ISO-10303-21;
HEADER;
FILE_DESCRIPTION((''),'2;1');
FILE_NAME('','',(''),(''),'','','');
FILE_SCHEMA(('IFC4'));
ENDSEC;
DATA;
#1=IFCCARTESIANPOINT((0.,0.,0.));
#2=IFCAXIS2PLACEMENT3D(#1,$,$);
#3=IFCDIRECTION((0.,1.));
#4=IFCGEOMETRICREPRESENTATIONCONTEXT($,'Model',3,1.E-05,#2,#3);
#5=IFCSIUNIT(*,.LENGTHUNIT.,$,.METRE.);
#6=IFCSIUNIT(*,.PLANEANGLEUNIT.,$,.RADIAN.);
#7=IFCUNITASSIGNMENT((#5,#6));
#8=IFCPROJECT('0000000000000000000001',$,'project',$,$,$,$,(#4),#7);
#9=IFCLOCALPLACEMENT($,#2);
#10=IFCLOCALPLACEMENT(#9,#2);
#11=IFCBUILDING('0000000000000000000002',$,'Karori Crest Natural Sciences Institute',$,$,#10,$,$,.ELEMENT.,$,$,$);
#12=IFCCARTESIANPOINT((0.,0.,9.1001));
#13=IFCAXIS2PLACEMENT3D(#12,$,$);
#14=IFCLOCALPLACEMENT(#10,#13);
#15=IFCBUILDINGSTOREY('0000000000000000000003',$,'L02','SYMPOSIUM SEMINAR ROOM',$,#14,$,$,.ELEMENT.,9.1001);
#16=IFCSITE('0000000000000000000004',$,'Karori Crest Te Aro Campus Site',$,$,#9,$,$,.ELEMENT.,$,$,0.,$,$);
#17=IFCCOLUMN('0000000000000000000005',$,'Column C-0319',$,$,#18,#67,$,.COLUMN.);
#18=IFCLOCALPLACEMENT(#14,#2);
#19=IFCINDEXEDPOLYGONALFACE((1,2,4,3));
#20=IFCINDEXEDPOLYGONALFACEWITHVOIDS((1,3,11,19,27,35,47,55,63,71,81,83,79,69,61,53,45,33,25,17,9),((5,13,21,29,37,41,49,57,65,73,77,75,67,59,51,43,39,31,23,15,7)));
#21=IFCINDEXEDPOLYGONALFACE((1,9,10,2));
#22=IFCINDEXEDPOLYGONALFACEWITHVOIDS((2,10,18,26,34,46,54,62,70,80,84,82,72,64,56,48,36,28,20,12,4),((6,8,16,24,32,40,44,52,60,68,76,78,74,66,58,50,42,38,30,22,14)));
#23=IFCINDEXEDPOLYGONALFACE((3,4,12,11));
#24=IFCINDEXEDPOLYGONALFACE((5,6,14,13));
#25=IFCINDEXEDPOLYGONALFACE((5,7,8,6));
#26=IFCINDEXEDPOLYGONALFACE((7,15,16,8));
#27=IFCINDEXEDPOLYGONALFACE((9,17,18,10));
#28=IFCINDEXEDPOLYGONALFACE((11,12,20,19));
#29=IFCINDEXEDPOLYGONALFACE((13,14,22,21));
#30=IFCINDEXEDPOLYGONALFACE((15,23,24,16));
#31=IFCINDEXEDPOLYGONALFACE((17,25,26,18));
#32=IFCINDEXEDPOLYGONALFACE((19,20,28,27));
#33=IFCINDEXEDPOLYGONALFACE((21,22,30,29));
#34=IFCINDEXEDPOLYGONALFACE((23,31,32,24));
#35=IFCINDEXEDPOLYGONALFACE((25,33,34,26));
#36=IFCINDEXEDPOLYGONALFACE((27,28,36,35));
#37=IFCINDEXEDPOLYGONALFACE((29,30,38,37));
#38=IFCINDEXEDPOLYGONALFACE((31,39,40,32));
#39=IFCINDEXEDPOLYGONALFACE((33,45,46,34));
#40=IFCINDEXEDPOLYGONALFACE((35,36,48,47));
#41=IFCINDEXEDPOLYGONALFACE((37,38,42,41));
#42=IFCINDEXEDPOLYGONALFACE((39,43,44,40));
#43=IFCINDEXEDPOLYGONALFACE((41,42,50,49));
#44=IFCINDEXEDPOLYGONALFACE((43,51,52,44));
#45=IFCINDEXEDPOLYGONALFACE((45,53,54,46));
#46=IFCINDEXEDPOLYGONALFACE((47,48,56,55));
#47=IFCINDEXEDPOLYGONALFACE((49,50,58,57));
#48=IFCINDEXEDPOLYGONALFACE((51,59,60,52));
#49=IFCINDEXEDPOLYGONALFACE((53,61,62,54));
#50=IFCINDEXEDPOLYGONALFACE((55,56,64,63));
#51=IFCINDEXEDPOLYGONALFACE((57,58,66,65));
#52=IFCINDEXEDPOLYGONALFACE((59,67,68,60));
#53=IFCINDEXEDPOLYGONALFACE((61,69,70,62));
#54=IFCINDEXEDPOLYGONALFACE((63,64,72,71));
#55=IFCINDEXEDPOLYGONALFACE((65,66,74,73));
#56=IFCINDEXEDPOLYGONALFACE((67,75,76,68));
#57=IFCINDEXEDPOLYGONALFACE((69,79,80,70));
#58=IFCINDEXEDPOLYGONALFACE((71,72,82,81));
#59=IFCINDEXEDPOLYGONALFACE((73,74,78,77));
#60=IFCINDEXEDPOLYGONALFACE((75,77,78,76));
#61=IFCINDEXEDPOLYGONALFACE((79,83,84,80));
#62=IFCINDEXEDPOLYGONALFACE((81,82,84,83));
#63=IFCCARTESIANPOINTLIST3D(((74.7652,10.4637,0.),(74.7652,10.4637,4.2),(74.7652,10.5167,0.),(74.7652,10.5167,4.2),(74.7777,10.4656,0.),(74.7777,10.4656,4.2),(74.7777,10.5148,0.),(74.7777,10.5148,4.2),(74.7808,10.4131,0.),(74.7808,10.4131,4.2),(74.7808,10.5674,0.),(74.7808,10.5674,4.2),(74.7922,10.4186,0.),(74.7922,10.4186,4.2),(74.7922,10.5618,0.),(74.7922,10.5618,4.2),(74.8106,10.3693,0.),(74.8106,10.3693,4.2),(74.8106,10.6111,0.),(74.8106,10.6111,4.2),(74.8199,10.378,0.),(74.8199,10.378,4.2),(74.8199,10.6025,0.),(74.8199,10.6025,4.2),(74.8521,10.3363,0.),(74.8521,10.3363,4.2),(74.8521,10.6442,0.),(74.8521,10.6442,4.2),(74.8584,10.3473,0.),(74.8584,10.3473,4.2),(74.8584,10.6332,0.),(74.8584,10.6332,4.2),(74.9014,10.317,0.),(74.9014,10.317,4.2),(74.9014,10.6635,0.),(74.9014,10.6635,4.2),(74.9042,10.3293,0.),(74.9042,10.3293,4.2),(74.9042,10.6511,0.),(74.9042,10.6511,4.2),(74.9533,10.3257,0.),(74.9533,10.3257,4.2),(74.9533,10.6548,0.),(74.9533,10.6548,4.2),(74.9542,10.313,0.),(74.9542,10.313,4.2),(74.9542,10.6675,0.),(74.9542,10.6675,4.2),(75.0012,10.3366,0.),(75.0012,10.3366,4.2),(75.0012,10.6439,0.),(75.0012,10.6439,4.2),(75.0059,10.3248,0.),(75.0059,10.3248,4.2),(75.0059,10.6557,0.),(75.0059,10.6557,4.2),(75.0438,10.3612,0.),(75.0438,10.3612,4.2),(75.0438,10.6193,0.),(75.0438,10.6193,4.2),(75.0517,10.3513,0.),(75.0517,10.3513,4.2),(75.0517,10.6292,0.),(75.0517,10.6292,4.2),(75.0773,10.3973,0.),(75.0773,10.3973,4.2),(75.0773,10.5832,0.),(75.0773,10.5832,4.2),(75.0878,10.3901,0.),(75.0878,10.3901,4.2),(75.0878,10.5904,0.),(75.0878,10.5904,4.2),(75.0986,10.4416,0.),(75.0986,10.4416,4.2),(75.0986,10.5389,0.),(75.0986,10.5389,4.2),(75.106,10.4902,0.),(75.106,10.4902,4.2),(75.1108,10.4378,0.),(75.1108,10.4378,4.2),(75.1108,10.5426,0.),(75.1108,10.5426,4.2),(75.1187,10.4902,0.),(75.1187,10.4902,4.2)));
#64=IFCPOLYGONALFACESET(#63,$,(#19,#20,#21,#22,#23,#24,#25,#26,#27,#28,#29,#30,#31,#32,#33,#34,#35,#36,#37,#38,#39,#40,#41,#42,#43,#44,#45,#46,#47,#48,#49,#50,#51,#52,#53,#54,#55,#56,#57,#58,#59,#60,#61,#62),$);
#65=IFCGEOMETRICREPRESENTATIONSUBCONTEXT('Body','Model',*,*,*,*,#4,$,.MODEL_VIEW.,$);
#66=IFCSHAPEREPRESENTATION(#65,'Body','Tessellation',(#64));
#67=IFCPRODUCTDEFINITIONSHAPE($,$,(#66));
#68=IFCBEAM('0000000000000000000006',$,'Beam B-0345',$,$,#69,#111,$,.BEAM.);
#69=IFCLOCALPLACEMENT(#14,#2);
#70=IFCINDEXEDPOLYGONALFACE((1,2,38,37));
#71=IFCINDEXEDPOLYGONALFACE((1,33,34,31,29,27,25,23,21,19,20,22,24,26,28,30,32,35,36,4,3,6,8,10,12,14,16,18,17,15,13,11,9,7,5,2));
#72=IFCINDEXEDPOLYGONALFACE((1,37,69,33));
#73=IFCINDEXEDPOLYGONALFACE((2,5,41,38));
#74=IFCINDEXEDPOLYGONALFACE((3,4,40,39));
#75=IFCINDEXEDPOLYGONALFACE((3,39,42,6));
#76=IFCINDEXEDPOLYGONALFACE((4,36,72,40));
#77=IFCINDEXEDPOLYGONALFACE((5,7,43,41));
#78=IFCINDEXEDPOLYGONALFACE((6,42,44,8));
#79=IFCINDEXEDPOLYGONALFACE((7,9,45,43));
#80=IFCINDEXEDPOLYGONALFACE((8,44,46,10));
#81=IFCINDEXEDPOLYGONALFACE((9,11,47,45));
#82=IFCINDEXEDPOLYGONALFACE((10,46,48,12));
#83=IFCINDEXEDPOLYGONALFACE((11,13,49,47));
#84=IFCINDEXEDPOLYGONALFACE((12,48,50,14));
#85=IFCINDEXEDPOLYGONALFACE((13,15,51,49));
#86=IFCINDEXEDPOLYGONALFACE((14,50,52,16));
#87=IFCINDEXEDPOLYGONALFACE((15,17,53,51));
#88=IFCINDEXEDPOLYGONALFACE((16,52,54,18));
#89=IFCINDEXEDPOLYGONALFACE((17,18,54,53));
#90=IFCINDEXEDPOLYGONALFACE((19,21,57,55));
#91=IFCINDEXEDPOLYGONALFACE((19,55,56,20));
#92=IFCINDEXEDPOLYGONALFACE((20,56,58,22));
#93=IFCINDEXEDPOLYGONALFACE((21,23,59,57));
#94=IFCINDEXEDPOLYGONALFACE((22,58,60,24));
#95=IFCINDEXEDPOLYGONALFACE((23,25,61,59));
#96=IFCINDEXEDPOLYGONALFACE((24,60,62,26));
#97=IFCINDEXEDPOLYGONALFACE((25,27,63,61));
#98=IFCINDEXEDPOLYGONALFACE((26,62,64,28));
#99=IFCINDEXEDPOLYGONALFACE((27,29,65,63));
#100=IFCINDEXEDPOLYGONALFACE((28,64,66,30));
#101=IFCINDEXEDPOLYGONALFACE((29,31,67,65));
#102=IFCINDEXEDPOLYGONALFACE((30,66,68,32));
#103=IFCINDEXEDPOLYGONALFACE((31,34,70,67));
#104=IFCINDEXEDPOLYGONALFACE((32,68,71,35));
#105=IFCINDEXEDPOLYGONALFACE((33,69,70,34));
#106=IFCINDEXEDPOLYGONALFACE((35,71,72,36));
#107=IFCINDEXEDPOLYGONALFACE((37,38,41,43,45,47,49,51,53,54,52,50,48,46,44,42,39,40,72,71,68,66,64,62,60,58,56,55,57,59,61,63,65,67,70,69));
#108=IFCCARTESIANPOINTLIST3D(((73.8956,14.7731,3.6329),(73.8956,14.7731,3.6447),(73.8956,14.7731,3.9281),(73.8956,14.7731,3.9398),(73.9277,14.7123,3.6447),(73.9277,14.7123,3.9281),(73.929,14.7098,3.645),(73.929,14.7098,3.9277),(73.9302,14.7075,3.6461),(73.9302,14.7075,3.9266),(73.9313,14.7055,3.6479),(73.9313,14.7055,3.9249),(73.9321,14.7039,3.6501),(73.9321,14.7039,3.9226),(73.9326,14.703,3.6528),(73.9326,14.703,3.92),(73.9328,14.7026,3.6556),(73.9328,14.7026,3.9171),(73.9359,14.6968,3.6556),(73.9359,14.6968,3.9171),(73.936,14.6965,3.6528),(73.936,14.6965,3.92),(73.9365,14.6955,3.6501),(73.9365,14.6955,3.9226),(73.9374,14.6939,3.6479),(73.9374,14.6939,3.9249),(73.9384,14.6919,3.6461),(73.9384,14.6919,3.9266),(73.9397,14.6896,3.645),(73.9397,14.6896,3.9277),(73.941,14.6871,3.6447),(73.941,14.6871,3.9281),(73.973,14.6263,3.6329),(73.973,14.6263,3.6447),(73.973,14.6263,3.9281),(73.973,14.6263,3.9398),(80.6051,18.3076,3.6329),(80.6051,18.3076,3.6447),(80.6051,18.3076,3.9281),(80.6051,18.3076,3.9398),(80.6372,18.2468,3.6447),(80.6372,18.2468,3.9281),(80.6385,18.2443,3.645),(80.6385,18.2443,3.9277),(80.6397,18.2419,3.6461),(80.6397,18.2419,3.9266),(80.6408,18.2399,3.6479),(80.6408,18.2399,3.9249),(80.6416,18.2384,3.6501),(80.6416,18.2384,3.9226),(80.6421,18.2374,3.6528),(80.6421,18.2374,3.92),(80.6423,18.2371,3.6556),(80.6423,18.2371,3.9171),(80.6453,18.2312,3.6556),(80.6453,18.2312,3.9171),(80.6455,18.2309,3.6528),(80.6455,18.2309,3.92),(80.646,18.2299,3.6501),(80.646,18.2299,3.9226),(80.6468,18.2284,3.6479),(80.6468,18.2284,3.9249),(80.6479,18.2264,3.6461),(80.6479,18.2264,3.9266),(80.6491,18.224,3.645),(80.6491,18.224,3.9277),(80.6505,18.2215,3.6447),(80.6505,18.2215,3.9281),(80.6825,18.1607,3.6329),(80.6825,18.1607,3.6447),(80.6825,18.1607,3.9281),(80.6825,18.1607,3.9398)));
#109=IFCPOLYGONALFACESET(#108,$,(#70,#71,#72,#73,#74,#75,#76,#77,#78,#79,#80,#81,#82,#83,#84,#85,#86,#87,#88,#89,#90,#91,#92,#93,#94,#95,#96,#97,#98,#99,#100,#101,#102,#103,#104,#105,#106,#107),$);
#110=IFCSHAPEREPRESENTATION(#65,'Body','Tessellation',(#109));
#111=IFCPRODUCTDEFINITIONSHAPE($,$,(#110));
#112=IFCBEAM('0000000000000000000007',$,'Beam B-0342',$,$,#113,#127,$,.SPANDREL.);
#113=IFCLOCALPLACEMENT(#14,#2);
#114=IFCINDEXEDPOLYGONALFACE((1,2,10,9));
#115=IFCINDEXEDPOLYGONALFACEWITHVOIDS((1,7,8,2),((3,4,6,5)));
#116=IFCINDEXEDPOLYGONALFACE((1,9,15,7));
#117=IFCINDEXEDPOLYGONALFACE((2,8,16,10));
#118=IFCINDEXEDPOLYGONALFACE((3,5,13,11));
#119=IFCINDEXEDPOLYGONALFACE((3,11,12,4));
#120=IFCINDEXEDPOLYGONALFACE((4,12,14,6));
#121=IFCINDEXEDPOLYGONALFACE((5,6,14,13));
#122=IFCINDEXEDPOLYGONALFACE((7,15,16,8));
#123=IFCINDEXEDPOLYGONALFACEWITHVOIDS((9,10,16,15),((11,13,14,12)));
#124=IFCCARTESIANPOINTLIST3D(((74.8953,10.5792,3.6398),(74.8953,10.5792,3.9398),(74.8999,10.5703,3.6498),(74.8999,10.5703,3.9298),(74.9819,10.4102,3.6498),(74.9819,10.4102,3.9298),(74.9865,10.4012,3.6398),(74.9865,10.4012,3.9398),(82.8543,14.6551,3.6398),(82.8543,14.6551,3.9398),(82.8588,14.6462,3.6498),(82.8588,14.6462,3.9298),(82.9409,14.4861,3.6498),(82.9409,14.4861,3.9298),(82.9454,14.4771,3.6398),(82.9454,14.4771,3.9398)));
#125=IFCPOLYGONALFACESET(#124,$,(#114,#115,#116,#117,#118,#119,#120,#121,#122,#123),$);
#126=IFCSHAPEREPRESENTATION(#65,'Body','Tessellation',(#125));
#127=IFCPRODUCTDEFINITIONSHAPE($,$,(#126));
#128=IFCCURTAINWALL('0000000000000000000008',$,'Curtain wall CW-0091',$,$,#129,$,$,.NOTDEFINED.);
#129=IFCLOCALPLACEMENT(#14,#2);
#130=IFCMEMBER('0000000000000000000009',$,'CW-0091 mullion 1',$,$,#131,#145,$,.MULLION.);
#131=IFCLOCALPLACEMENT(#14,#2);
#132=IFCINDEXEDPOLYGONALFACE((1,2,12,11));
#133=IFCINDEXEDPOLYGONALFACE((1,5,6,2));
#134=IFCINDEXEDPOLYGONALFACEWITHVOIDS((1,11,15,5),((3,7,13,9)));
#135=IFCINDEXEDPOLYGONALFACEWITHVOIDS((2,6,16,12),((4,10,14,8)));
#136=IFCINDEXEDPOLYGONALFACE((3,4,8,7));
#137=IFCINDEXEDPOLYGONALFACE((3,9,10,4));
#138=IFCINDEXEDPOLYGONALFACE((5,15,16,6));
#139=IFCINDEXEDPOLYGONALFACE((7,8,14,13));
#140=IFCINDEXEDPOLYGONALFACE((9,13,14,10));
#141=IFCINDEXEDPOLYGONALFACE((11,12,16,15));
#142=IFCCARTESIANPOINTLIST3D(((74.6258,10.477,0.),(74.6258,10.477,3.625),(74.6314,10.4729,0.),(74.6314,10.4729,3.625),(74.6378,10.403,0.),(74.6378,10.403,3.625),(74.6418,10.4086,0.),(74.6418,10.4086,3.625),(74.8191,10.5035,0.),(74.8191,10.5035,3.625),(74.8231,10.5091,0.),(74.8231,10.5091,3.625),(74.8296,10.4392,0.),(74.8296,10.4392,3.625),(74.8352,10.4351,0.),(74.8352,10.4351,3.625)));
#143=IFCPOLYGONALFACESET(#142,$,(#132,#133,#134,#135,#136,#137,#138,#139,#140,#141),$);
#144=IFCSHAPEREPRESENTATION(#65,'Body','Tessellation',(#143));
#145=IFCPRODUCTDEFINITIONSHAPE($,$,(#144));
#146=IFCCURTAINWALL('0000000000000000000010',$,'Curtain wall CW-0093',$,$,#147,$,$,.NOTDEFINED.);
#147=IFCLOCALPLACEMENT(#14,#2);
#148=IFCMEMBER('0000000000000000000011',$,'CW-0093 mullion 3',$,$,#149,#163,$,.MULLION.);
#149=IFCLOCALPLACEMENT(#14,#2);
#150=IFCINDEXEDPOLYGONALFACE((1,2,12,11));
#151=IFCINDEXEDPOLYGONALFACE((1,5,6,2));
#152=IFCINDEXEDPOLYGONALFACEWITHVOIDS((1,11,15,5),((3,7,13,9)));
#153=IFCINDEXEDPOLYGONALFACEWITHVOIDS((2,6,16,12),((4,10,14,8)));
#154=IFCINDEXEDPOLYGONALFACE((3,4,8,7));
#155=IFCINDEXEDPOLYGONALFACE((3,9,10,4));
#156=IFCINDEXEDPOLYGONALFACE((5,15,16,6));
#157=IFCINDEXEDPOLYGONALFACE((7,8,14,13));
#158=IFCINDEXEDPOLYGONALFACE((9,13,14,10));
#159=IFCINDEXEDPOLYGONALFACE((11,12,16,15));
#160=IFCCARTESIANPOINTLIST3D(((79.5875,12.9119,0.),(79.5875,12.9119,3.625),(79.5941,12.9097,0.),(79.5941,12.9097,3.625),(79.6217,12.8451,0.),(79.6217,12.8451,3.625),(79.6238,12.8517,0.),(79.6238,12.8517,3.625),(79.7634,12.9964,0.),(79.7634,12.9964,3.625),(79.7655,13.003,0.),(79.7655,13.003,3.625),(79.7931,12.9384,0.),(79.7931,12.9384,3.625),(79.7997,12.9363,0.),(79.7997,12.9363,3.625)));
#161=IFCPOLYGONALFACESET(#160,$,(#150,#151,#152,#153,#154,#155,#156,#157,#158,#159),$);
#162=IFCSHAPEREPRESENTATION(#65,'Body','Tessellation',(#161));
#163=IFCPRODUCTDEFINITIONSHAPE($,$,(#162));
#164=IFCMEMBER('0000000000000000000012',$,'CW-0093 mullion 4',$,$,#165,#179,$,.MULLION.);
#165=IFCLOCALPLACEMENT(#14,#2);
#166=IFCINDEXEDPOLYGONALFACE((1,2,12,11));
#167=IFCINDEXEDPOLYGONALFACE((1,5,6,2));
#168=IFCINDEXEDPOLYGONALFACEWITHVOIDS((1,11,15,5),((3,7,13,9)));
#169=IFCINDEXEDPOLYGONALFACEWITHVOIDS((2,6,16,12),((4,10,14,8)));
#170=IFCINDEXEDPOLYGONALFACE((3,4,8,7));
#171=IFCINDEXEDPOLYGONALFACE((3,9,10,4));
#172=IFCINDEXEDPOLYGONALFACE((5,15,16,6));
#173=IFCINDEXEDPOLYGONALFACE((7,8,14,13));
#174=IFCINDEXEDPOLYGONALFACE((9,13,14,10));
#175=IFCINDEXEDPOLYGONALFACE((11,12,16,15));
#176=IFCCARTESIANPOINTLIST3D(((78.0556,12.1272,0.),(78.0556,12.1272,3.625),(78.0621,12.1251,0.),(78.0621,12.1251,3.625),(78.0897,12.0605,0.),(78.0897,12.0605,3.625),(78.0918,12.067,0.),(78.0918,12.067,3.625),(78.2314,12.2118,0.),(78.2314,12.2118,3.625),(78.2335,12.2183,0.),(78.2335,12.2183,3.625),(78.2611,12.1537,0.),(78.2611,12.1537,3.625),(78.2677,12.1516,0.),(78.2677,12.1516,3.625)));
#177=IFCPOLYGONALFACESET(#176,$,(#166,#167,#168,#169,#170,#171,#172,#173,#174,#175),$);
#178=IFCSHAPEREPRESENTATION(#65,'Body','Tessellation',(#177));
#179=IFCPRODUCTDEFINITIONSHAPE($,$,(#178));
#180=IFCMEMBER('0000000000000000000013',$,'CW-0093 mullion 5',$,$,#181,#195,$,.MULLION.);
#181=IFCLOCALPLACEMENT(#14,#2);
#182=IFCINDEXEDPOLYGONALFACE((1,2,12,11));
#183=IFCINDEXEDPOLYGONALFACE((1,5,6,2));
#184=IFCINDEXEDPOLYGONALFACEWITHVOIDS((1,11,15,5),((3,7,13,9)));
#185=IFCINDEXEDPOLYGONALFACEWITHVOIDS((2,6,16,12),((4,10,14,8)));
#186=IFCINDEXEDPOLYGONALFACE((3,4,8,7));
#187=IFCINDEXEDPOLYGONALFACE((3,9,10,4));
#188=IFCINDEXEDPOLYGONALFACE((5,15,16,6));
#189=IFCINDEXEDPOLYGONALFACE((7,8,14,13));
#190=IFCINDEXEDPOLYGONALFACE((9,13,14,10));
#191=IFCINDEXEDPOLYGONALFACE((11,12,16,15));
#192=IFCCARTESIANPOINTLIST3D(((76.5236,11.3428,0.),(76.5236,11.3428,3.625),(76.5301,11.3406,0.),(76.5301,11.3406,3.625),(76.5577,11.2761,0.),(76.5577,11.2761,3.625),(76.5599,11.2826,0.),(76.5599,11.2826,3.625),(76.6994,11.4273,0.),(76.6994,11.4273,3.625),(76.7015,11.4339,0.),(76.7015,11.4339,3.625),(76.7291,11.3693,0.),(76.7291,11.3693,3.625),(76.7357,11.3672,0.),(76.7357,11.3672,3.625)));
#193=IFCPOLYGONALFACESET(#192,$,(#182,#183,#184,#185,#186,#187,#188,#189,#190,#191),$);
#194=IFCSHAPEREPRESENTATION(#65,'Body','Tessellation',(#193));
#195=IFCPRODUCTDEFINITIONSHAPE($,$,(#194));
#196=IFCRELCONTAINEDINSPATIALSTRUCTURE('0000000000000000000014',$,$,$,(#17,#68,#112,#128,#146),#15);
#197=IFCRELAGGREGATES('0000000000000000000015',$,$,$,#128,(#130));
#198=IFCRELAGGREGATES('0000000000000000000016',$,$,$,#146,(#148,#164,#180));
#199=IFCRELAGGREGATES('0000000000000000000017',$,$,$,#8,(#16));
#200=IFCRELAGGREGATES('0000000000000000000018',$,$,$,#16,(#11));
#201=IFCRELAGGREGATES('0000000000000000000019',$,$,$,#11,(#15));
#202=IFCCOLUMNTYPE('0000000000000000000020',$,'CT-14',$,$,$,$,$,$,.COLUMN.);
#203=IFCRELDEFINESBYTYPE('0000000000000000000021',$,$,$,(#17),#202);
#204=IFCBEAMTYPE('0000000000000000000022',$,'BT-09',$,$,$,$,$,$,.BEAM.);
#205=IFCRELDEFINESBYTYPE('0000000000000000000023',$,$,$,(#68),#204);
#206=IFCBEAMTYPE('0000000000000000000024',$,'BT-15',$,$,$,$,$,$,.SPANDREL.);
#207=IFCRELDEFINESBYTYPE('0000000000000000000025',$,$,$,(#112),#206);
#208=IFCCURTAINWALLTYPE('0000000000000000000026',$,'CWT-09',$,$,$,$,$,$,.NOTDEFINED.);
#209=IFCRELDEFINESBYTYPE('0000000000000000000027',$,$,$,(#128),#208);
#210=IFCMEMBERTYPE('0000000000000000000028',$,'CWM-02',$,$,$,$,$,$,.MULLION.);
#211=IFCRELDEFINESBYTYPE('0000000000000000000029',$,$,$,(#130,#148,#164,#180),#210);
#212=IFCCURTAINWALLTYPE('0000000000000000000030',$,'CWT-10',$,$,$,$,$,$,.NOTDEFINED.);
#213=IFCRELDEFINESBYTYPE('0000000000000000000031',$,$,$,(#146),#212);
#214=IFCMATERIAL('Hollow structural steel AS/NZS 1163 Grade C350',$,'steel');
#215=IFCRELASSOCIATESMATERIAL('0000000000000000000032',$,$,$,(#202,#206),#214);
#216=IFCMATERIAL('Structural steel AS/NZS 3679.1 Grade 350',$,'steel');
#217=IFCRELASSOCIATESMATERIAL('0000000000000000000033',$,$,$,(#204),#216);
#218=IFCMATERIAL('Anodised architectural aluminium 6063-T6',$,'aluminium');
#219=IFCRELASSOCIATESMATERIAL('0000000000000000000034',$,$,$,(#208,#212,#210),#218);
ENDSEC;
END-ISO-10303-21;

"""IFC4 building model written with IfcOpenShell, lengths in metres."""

from ifc_helpers import new_model, si_unit, direction, frame, origin, origin_2d, place, context, subcontext, project, spatial, hollow_rectangle, hollow_circle, i_section, extrude, material, material_profile, profile_set, type_object, element, aggregate, save


model = new_model("IFC4")

# Units and contexts
model_context = context("Model", 3, precision=1e-05, world=origin(), true_north=direction((0.0, 1.0)))
body_context = subcontext(model_context, "Body", "Model", "MODEL_VIEW")
ifc_project = project(units=[si_unit("LENGTHUNIT", "METRE"), si_unit("PLANEANGLEUNIT", "RADIAN")], contexts=[model_context])

# Site, building, storey
site_placement = place(None, origin())
site = spatial("IfcSite", under=ifc_project, at=site_placement, Name="Karori Crest Te Aro Campus Site", CompositionType="ELEMENT", RefElevation=0.0)
building_placement = place(site_placement, origin())
building = spatial("IfcBuilding", under=site, at=building_placement, Name="Karori Crest Natural Sciences Institute", CompositionType="ELEMENT")
storey_placement = place(building_placement, frame((0.0, 0.0, 9.1001)))
storey = spatial("IfcBuildingStorey", under=building, at=storey_placement, Name="L02", Description="SYMPOSIUM SEMINAR ROOM", CompositionType="ELEMENT", Elevation=9.1001)

# Column
ifc_material_1 = material(Name="Hollow structural steel AS/NZS 1163 Grade C350", Category="steel")
ifc_material_profile_1 = material_profile(ifc_material_1, hollow_circle(Radius=0.1777, WallThickness=0.0127, at=origin_2d()), Name="CHS355.6x12.7")
ifc_profile_set_1 = profile_set([ifc_material_profile_1], Name="Hollow structural steel AS/NZS 1163 Grade C350")
column_type = type_object("IfcColumnType", Name="CT-14", PredefinedType="COLUMN", material=ifc_profile_set_1)
column_placement = place(storey_placement, frame((74.9409, 10.4902, 0.0), z_axis=(0.0, 0.0, 1.0), x_axis=(1.0, 0.0, 0.0)))
element("IfcColumn", 1, at=column_placement, inside=storey, type_object=column_type, Name="Column C-0319", PredefinedType="COLUMN", context=body_context, shape_type="SweptSolid", body=[
    extrude(hollow_circle(Radius=0.1777, WallThickness=0.0127, at=origin_2d()), origin(), (0.0, 0.0, 1.0), 4.2),
])

# Beams
ifc_material_2 = material(Name="Structural steel AS/NZS 3679.1 Grade 350", Category="steel")
ifc_material_profile_2 = material_profile(ifc_material_2, i_section(OverallWidth=0.166, OverallDepth=0.3069, WebThickness=0.0066, FlangeThickness=0.0117, FilletRadius=0.011, at=origin_2d()), Name="310UB46.2")
ifc_profile_set_2 = profile_set([ifc_material_profile_2], Name="Structural steel AS/NZS 3679.1 Grade 350")
beam_type_1 = type_object("IfcBeamType", Name="BT-09", PredefinedType="BEAM", material=ifc_profile_set_2)
beam_1_placement = place(storey_placement, frame((73.9343, 14.6997, 3.7864), z_axis=(0.884748, 0.466069, 0.0), x_axis=(-0.466069, 0.884748, 0.0)))
element("IfcBeam", 2, at=beam_1_placement, inside=storey, type_object=beam_type_1, Name="Beam B-0345", PredefinedType="BEAM", context=body_context, shape_type="SweptSolid", body=[
    extrude(i_section(OverallWidth=0.166, OverallDepth=0.3069, WebThickness=0.0066, FlangeThickness=0.0117, FilletRadius=0.011, at=origin_2d()), origin(), (0.0, 0.0, 1.0), 7.5835),
])
ifc_material_profile_3 = material_profile(ifc_material_1, hollow_rectangle(XDim=0.2, YDim=0.3, WallThickness=0.01, at=origin_2d()), Name="RHS300x200x10")
ifc_profile_set_3 = profile_set([ifc_material_profile_3], Name="Hollow structural steel AS/NZS 1163 Grade C350")
beam_type_2 = type_object("IfcBeamType", Name="BT-15", PredefinedType="SPANDREL", material=ifc_profile_set_3)
beam_2_placement = place(storey_placement, frame((74.9409, 10.4902, 3.7898), z_axis=(0.890072, 0.45582, 0.0), x_axis=(-0.45582, 0.890072, 0.0)))
element("IfcBeam", 3, at=beam_2_placement, inside=storey, type_object=beam_type_2, Name="Beam B-0342", PredefinedType="SPANDREL", context=body_context, shape_type="SweptSolid", body=[
    extrude(hollow_rectangle(XDim=0.2, YDim=0.3, WallThickness=0.01, at=origin_2d()), origin(), (0.0, 0.0, 1.0), 8.9419),
])

# Curtain wall, member
ifc_material_3 = material(Name="Anodised architectural aluminium 6063-T6", Category="aluminium")
curtain_wall_type_1 = type_object("IfcCurtainWallType", Name="CWT-09", PredefinedType="NOTDEFINED", material=ifc_material_3)
curtain_wall_1_placement = place(storey_placement, origin())
curtain_wall_1 = element("IfcCurtainWall", 4, at=curtain_wall_1_placement, inside=storey, type_object=curtain_wall_type_1, Name="Curtain wall CW-0091", PredefinedType="NOTDEFINED")
ifc_material_profile_4 = material_profile(ifc_material_3, hollow_rectangle(XDim=0.075, YDim=0.2, WallThickness=0.0049, at=origin_2d()), Name="CWM200x75x5")
ifc_profile_set_4 = profile_set([ifc_material_profile_4], Name="Anodised architectural aluminium 6063-T6")
member_type_1 = type_object("IfcMemberType", Name="CWM-02", PredefinedType="MULLION", material=ifc_profile_set_4)
member_1_placement = place(storey_placement, frame((74.7305, 10.4561, 0.0), z_axis=(0.0, 0.0, 1.0), x_axis=(0.160657, -0.98701, 0.0)))
member_1 = element("IfcMember", 5, at=member_1_placement, type_object=member_type_1, Name="CW-0091 mullion 1", PredefinedType="MULLION", context=body_context, shape_type="SweptSolid", body=[
    extrude(hollow_rectangle(XDim=0.075, YDim=0.2, WallThickness=0.0049, at=origin_2d()), origin(), (0.0, 0.0, 1.0), 3.625),
])

# Curtain wall, members
curtain_wall_type_2 = type_object("IfcCurtainWallType", Name="CWT-10", PredefinedType="NOTDEFINED", material=ifc_material_3)
curtain_wall_2_placement = place(storey_placement, origin())
curtain_wall_2 = element("IfcCurtainWall", 6, at=curtain_wall_2_placement, inside=storey, type_object=curtain_wall_type_2, Name="Curtain wall CW-0093", PredefinedType="NOTDEFINED")
member_2_placement = place(storey_placement, frame((79.6936, 12.9241, 0.0), z_axis=(0.0, 0.0, 1.0), x_axis=(0.455833, -0.890065, 0.0)))
member_2 = element("IfcMember", 7, at=member_2_placement, type_object=member_type_1, Name="CW-0093 mullion 3", PredefinedType="MULLION", context=body_context, shape_type="SweptSolid", body=[
    extrude(hollow_rectangle(XDim=0.075, YDim=0.2, WallThickness=0.0049, at=origin_2d()), origin(), (0.0, 0.0, 1.0), 3.625),
])
member_3_placement = place(storey_placement, frame((78.1616, 12.1394, 0.0), z_axis=(0.0, 0.0, 1.0), x_axis=(0.455833, -0.890065, 0.0)))
member_3 = element("IfcMember", 8, at=member_3_placement, type_object=member_type_1, Name="CW-0093 mullion 4", PredefinedType="MULLION", context=body_context, shape_type="SweptSolid", body=[
    extrude(hollow_rectangle(XDim=0.075, YDim=0.2, WallThickness=0.0049, at=origin_2d()), origin(), (0.0, 0.0, 1.0), 3.625),
])
member_4_placement = place(storey_placement, frame((76.6296, 11.355, 0.0), z_axis=(0.0, 0.0, 1.0), x_axis=(0.455833, -0.890065, 0.0)))
member_4 = element("IfcMember", 9, at=member_4_placement, type_object=member_type_1, Name="CW-0093 mullion 5", PredefinedType="MULLION", context=body_context, shape_type="SweptSolid", body=[
    extrude(hollow_rectangle(XDim=0.075, YDim=0.2, WallThickness=0.0049, at=origin_2d()), origin(), (0.0, 0.0, 1.0), 3.625),
])

aggregate(curtain_wall_1, [member_1])
aggregate(curtain_wall_2, [member_2, member_3, member_4])

save(model, "model.ifc")
